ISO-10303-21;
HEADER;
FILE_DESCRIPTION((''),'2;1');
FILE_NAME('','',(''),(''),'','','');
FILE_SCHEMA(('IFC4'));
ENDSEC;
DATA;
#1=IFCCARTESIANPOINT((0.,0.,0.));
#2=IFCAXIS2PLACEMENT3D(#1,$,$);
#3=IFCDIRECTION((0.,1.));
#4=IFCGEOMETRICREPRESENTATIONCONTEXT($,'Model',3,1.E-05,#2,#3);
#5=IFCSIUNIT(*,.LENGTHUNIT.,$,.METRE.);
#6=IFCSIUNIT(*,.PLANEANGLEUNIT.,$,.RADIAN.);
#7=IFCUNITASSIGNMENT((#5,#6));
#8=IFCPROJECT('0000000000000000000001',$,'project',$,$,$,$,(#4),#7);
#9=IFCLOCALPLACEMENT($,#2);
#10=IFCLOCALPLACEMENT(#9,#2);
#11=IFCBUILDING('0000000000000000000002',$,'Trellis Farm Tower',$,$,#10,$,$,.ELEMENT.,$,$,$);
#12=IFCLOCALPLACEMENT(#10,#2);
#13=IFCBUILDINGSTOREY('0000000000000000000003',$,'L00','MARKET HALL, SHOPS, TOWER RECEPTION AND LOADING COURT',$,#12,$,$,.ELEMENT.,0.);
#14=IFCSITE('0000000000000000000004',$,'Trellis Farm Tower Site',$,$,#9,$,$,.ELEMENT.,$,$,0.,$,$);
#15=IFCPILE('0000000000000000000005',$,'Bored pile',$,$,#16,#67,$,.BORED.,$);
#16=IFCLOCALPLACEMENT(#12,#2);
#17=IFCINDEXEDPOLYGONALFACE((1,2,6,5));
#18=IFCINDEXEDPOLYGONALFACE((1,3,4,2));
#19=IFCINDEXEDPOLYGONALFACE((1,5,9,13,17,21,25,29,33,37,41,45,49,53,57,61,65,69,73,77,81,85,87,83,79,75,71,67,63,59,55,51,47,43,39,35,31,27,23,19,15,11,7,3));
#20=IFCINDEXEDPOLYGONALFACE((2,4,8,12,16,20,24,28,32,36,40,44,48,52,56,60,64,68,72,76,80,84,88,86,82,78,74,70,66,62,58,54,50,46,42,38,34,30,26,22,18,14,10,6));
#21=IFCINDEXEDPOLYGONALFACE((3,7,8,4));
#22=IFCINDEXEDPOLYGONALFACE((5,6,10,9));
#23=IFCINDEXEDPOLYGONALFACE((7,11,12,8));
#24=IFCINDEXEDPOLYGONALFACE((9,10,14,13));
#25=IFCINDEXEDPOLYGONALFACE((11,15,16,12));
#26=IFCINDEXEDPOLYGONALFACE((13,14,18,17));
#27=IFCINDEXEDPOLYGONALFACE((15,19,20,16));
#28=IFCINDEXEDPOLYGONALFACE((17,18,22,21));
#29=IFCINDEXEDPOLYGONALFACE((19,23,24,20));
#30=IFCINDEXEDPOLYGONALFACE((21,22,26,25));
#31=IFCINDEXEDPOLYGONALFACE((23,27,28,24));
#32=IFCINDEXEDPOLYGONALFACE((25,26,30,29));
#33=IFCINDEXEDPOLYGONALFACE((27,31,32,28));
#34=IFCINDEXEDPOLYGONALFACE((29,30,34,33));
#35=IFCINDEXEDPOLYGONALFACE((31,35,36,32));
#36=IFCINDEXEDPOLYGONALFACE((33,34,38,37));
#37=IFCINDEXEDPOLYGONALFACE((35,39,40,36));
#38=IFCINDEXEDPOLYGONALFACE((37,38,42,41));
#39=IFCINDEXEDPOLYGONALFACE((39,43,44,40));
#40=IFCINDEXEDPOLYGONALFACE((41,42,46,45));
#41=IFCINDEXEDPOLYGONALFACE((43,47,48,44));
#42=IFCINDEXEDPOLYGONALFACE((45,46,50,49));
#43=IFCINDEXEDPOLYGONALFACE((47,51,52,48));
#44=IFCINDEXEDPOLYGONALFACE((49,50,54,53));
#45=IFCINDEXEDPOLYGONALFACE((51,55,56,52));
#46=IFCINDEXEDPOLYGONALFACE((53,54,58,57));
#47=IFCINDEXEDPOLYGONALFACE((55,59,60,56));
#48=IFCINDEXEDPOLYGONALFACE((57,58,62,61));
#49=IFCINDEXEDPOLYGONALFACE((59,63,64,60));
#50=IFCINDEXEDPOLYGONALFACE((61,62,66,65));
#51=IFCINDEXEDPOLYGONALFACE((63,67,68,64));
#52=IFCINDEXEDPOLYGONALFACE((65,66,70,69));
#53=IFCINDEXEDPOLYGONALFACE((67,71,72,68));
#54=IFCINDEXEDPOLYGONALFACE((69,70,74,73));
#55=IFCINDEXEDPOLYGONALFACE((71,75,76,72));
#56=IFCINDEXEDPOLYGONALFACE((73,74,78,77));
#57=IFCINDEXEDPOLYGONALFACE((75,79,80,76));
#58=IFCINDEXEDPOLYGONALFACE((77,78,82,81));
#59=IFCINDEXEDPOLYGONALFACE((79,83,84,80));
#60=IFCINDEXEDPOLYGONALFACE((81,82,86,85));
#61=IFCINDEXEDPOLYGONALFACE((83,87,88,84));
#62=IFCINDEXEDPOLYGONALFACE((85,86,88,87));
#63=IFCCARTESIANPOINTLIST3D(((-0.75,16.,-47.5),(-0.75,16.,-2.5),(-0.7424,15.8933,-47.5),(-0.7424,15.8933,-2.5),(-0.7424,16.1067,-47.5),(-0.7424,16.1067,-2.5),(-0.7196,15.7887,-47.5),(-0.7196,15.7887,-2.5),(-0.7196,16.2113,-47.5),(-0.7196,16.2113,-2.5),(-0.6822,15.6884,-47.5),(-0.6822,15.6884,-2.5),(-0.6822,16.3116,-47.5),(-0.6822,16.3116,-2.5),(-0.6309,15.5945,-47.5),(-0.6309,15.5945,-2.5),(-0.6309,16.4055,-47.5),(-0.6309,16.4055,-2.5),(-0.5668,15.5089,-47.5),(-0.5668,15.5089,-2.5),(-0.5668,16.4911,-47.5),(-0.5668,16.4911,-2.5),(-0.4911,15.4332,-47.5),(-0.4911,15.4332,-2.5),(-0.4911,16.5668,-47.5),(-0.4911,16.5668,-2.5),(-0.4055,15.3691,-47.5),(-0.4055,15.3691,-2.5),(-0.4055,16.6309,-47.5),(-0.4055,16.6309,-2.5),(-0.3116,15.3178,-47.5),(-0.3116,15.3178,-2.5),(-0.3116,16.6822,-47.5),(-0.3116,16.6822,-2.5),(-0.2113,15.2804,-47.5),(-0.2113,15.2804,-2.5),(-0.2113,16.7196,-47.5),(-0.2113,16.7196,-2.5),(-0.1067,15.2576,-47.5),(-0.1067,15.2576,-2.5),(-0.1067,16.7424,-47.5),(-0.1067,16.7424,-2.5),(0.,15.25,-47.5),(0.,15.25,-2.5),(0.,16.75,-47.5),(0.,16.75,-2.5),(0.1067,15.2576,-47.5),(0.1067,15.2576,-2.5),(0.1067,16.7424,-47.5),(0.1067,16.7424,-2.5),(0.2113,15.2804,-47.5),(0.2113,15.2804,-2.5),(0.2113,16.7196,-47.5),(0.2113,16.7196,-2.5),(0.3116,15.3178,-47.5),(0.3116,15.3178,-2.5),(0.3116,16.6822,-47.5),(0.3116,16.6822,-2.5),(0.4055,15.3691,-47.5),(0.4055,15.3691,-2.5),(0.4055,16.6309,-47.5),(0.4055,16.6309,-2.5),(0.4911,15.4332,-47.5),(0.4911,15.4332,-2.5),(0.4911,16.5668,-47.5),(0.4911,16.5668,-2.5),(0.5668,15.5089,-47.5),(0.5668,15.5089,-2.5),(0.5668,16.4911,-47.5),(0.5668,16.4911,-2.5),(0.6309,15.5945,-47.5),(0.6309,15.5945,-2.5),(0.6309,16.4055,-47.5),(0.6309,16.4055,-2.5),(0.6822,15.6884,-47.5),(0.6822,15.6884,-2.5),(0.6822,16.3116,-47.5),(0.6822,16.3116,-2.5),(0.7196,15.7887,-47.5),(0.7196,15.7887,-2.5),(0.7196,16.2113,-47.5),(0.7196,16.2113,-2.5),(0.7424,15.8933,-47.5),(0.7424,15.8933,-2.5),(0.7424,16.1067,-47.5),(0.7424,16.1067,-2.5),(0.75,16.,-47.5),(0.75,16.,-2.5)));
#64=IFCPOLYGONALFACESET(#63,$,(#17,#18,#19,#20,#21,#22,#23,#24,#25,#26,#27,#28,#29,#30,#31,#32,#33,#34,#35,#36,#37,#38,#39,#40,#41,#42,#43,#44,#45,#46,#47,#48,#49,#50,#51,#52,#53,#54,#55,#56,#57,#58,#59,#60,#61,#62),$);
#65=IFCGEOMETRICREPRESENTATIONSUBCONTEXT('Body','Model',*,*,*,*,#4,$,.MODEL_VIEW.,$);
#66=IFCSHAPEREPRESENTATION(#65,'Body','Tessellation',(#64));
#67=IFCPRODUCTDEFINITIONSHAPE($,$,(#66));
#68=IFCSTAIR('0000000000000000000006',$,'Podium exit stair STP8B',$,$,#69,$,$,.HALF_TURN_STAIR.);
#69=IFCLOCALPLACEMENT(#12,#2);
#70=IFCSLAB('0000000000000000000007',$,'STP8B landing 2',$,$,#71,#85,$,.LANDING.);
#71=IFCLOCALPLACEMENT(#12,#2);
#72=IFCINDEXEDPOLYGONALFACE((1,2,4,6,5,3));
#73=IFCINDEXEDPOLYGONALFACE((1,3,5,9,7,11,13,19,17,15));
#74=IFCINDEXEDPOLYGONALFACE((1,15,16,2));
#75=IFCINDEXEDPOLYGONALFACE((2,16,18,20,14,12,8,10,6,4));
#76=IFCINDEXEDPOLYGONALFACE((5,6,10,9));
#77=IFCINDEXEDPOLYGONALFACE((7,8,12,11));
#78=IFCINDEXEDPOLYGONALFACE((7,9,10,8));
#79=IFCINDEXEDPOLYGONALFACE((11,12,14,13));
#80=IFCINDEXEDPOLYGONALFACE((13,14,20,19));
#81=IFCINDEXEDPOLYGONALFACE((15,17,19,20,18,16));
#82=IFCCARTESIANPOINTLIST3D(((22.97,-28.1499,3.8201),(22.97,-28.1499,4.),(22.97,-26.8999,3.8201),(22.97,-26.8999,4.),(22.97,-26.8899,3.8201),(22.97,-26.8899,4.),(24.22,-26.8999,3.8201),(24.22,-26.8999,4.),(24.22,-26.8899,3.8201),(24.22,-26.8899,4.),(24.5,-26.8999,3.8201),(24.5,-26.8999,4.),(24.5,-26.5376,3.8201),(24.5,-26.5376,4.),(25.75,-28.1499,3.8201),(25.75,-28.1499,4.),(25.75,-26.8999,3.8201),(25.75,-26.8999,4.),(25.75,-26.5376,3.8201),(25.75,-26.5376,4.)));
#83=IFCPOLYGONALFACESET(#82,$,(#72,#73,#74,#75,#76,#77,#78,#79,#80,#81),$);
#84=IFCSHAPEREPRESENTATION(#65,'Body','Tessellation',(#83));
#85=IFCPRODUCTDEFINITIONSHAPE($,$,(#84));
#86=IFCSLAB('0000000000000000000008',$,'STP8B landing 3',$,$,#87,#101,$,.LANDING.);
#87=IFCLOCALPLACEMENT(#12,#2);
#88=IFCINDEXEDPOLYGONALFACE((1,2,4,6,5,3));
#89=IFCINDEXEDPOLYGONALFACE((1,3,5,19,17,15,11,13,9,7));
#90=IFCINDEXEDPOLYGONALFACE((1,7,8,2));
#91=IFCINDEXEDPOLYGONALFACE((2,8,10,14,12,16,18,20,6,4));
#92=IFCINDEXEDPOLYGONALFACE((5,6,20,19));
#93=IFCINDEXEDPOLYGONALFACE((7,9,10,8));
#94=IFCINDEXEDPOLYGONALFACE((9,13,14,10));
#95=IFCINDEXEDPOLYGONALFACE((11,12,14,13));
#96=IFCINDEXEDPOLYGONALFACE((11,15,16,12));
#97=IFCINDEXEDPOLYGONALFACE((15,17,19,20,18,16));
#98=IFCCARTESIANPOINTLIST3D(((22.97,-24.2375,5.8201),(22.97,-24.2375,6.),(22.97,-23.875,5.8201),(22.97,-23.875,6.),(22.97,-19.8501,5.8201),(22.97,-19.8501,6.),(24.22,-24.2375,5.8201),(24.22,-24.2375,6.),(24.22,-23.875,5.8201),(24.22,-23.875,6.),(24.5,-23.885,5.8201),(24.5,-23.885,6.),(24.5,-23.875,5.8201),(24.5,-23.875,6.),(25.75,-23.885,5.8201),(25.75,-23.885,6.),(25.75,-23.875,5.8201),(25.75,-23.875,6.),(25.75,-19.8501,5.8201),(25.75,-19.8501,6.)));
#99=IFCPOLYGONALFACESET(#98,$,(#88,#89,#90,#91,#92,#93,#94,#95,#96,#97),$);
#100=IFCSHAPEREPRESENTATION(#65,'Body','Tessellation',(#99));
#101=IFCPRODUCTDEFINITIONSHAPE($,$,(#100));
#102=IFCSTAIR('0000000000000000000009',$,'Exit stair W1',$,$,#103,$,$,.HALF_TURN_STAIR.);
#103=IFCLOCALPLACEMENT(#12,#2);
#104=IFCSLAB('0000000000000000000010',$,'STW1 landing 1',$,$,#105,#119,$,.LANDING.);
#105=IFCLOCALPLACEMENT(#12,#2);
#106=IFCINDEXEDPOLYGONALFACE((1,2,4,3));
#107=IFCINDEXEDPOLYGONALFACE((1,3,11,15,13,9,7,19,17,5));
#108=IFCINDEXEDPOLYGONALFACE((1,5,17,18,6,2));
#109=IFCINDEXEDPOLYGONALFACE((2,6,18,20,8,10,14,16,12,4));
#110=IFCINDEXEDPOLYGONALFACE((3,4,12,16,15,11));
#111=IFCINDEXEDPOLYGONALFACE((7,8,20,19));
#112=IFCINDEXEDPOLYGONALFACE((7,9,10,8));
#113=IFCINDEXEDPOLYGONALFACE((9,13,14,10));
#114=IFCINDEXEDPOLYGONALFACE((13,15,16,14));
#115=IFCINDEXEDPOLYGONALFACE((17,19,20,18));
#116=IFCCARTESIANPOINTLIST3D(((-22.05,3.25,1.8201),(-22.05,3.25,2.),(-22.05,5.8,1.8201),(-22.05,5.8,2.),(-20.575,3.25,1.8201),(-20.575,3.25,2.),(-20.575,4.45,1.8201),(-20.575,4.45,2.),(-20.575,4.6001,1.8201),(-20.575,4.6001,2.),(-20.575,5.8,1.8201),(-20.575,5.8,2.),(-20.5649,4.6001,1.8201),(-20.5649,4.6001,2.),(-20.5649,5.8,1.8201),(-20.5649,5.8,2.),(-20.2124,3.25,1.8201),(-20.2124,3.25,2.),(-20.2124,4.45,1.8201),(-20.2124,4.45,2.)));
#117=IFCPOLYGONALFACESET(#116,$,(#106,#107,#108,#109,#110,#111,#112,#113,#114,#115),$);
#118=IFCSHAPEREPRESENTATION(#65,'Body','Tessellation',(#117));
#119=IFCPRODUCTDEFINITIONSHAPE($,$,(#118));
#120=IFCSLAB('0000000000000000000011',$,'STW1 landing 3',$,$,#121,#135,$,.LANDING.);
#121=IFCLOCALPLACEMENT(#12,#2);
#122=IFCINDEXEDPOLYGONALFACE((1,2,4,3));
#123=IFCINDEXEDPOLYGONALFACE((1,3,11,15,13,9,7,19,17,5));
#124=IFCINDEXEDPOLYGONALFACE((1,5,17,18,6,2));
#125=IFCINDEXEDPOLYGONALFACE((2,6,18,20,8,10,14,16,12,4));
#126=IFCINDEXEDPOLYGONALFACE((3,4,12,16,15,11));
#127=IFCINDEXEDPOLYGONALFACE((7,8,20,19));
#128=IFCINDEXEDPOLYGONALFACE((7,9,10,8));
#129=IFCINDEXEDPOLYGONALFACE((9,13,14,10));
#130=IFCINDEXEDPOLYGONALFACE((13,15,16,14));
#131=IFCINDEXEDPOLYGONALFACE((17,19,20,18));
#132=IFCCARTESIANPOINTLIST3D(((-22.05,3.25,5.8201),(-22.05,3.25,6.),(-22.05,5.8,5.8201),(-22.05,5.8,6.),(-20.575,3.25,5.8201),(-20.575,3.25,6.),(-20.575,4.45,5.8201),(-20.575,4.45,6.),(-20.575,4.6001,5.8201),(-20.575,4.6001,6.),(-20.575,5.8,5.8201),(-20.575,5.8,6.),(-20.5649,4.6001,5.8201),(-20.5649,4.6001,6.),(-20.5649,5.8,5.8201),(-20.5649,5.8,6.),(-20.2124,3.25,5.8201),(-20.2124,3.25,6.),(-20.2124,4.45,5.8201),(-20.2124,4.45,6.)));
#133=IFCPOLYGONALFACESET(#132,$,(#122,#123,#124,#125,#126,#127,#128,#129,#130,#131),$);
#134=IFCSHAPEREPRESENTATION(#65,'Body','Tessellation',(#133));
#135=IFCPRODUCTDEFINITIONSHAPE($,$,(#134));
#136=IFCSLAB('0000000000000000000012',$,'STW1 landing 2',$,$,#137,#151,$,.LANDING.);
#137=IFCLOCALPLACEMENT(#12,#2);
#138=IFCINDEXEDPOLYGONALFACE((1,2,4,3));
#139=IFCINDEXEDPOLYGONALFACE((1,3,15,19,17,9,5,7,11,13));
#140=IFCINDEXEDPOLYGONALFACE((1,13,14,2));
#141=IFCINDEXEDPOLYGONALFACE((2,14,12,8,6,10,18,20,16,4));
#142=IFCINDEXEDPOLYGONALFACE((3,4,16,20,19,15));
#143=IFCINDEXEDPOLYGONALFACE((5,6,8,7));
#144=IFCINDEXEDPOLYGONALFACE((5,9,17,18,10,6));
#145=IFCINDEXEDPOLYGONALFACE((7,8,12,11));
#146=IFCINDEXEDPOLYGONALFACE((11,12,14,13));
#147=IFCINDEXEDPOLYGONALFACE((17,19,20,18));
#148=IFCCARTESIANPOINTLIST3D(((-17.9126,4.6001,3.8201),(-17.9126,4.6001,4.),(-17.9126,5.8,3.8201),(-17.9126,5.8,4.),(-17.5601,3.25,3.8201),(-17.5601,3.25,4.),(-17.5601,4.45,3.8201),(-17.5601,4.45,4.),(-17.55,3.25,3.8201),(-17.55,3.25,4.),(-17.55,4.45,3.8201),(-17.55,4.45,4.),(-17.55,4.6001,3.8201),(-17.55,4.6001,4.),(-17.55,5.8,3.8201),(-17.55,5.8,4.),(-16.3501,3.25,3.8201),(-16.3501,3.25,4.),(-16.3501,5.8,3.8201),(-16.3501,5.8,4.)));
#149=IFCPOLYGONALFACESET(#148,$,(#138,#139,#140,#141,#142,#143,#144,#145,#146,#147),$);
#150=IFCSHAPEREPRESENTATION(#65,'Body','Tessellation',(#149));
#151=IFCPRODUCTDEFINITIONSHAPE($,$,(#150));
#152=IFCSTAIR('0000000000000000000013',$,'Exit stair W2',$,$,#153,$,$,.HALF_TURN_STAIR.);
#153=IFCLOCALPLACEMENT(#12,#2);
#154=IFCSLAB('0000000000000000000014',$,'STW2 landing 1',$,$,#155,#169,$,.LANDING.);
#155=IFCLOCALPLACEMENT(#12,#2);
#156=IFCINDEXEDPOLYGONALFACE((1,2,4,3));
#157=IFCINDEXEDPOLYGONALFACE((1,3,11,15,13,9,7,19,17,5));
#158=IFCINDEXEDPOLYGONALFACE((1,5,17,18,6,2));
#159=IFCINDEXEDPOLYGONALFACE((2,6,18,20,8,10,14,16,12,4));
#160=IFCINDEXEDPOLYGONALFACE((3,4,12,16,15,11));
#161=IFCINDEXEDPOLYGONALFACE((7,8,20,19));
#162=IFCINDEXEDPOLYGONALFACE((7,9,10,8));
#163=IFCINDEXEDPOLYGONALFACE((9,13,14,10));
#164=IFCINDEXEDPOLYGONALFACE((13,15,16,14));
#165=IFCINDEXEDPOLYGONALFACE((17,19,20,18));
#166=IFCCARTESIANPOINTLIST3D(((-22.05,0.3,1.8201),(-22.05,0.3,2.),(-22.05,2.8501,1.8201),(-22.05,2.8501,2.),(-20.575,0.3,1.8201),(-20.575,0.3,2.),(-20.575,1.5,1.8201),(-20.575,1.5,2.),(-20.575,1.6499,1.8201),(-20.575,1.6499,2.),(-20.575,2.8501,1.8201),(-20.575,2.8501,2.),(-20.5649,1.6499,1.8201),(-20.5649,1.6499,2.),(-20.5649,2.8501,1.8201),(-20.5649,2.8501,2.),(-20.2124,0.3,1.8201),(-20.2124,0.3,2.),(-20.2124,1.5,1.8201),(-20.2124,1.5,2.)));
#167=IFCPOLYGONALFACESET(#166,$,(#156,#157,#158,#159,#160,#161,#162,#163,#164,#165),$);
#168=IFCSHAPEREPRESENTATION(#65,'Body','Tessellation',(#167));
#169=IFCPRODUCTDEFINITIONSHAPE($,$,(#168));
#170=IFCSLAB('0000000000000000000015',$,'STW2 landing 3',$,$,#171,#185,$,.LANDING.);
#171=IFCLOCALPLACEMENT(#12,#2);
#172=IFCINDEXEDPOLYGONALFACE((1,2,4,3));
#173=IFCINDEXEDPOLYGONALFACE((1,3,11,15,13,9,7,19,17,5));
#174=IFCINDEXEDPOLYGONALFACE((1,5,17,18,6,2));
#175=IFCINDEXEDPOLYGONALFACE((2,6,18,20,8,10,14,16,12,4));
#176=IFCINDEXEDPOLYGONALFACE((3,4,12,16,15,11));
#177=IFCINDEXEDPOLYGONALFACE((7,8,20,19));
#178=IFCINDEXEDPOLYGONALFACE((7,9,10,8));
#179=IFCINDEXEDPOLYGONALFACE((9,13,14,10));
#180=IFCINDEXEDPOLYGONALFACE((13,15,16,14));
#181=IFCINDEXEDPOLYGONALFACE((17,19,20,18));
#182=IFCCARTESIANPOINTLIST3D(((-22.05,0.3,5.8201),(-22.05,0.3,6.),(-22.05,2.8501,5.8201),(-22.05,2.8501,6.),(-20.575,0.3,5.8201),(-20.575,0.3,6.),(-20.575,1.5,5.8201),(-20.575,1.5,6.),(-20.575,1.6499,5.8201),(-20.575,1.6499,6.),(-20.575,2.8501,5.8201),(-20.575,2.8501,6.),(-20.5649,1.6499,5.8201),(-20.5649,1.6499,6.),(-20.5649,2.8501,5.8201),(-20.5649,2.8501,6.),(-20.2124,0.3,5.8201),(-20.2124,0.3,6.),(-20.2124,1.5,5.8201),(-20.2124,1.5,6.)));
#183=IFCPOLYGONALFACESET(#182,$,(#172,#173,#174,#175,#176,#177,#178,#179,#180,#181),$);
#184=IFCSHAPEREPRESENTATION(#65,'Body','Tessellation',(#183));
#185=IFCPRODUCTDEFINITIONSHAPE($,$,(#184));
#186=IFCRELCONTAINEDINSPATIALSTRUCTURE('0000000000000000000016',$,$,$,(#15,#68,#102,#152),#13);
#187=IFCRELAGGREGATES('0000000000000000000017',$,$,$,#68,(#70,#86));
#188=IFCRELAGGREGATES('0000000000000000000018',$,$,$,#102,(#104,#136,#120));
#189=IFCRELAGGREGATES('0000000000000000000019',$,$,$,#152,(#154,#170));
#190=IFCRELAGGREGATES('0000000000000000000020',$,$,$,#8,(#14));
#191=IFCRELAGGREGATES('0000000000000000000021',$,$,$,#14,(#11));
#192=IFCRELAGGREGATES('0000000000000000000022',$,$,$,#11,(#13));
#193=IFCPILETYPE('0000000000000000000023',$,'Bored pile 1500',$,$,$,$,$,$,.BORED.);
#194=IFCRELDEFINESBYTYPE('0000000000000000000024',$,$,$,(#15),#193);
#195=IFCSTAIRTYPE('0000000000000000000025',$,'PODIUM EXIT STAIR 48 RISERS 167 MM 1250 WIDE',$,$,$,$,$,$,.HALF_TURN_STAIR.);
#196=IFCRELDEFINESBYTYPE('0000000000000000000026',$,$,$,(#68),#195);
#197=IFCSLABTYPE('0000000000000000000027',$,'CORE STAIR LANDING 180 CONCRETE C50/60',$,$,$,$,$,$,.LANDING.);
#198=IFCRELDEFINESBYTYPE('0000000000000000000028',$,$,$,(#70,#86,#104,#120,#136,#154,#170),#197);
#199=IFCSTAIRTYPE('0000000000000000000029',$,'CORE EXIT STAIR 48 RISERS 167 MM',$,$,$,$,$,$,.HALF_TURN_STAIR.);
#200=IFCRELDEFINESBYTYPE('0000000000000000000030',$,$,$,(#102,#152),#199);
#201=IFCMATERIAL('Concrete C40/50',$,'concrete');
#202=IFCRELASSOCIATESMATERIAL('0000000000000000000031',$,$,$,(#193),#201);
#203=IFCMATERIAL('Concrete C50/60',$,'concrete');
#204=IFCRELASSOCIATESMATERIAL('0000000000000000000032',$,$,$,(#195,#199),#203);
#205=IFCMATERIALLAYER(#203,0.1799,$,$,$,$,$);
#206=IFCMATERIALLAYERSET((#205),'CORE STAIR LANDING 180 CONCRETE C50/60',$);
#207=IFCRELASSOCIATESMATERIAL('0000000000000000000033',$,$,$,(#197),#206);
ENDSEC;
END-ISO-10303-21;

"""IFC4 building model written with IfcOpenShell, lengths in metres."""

from ifc_helpers import new_model, si_unit, direction, frame, origin, origin_2d, place, context, subcontext, project, spatial, polyline, circle, outline, extrude, source, transform, mapped, material, layer, layer_set, material_profile, profile_set, type_object, element, aggregate, save


model = new_model("IFC4")

# Units and contexts
model_context = context("Model", 3, precision=1e-05, world=origin(), true_north=direction((0.0, 1.0)))
body_context = subcontext(model_context, "Body", "Model", "MODEL_VIEW")
ifc_project = project(units=[si_unit("LENGTHUNIT", "METRE"), si_unit("PLANEANGLEUNIT", "RADIAN")], contexts=[model_context])

# Site, building, storey
site_placement = place(None, origin())
site = spatial("IfcSite", under=ifc_project, at=site_placement, Name="Trellis Farm Tower Site", CompositionType="ELEMENT", RefElevation=0.0)
building_placement = place(site_placement, origin())
building = spatial("IfcBuilding", under=site, at=building_placement, Name="Trellis Farm Tower", CompositionType="ELEMENT")
storey_placement = place(building_placement, origin())
storey = spatial("IfcBuildingStorey", under=building, at=storey_placement, Name="L00", Description="MARKET HALL, SHOPS, TOWER RECEPTION AND LOADING COURT", CompositionType="ELEMENT", Elevation=0.0)

# Pile
ifc_material_1 = material(Name="Concrete C40/50", Category="concrete")
ifc_material_profile = material_profile(ifc_material_1, circle(Radius=0.75, at=origin_2d()), Name="Bored pile 1500")
ifc_profile_set = profile_set([ifc_material_profile], Name="Concrete C40/50")
pile_type = type_object("IfcPileType", Name="Bored pile 1500", PredefinedType="BORED", material=ifc_profile_set)
shared_shape_1 = source(origin(), body_context, "Body", "SweptSolid", [
    extrude(circle(Radius=0.75, at=origin_2d()), origin(), (0.0, 0.0, 1.0), 45.0),
])
for number, where, z_axis, x_axis, name in (
    (1, (0.0, 16.0, -2.5), (0.0, 0.0, -1.0), (1.0, 0.0, 0.0), "Bored pile"),
):
    element("IfcPile", number, at=place(storey_placement, frame(where, z_axis=z_axis, x_axis=x_axis)), inside=storey, type_object=pile_type, Name=name, PredefinedType="BORED", context=body_context, shape_type="MappedRepresentation", body=[
        mapped(shared_shape_1, transform((0.0, 0.0, 0.0))),
    ])

# Stairs, slabs
ifc_material_2 = material(Name="Concrete C50/60", Category="concrete")
stair_type_1 = type_object("IfcStairType", Name="PODIUM EXIT STAIR 48 RISERS 167 MM 1250 WIDE", PredefinedType="HALF_TURN_STAIR", material=ifc_material_2)
placement_1 = place(storey_placement, origin())
stair_1 = element("IfcStair", 2, at=placement_1, inside=storey, type_object=stair_type_1, Name="Podium exit stair STP8B", PredefinedType="HALF_TURN_STAIR")
ifc_layer_1 = layer(ifc_material_2, 0.1799)
ifc_layer_set_1 = layer_set([ifc_layer_1], Name="CORE STAIR LANDING 180 CONCRETE C50/60")
slab_type = type_object("IfcSlabType", Name="CORE STAIR LANDING 180 CONCRETE C50/60", PredefinedType="LANDING", material=ifc_layer_set_1)
placement_2 = place(storey_placement, frame((0.0, 0.0, 3.8201)))
slab_1 = element("IfcSlab", 3, at=placement_2, type_object=slab_type, Name="STP8B landing 2", PredefinedType="LANDING", context=body_context, shape_type="SweptSolid", body=[
    extrude(outline(polyline([(25.75, -28.1499), (22.97, -28.1499), (22.97, -26.8999), (22.97, -26.8899), (24.22, -26.8899), (24.22, -26.8999), (24.5, -26.8999), (24.5, -26.5376), (25.75, -26.5376), (25.75, -26.8999), (25.75, -28.1499)])), origin(), (0.0, 0.0, 1.0), 0.1799),
])
shared_shape_2 = source(origin(), body_context, "Body", "SweptSolid", [
    extrude(outline(polyline([(24.22, -24.2375), (22.97, -24.2375), (22.97, -23.875), (22.97, -19.8501), (25.75, -19.8501), (25.75, -23.875), (25.75, -23.885), (24.5, -23.885), (24.5, -23.875), (24.22, -23.875), (24.22, -24.2375)])), origin(), (0.0, 0.0, 1.0), 0.1799),
])
placement_3 = place(storey_placement, frame((0.0, 0.0, 5.8201)))
slab_2 = element("IfcSlab", 4, at=placement_3, type_object=slab_type, Name="STP8B landing 3", PredefinedType="LANDING", context=body_context, shape_type="MappedRepresentation", body=[
    mapped(shared_shape_2, transform((0.0, 0.0, 0.0))),
])
aggregate(stair_1, [slab_1, slab_2])
stair_type_2 = type_object("IfcStairType", Name="CORE EXIT STAIR 48 RISERS 167 MM", PredefinedType="HALF_TURN_STAIR", material=ifc_material_2)
stair_2 = element("IfcStair", 5, at=placement_1, inside=storey, type_object=stair_type_2, Name="Exit stair W1", PredefinedType="HALF_TURN_STAIR")
shared_shape_3 = source(origin(), body_context, "Body", "SweptSolid", [
    extrude(outline(polyline([(-20.2124, 4.45), (-20.2124, 3.25), (-20.575, 3.25), (-22.05, 3.25), (-22.05, 5.8), (-20.575, 5.8), (-20.5649, 5.8), (-20.5649, 4.6001), (-20.575, 4.6001), (-20.575, 4.45), (-20.2124, 4.45)])), origin(), (0.0, 0.0, 1.0), 0.1799),
])
placement_4 = place(storey_placement, frame((0.0, 0.0, 1.8201)))
slab_3 = element("IfcSlab", 6, at=placement_4, type_object=slab_type, Name="STW1 landing 1", PredefinedType="LANDING", context=body_context, shape_type="MappedRepresentation", body=[
    mapped(shared_shape_3, transform((0.0, 0.0, 0.0))),
])
slab_4 = element("IfcSlab", 7, at=placement_3, type_object=slab_type, Name="STW1 landing 3", PredefinedType="LANDING", context=body_context, shape_type="MappedRepresentation", body=[
    mapped(shared_shape_3, transform((0.0, 0.0, 0.0))),
])
shared_shape_4 = source(origin(), body_context, "Body", "SweptSolid", [
    extrude(outline(polyline([(-17.5601, 3.25), (-17.5601, 4.45), (-17.55, 4.45), (-17.55, 4.6001), (-17.9126, 4.6001), (-17.9126, 5.8), (-17.55, 5.8), (-16.3501, 5.8), (-16.3501, 3.25), (-17.55, 3.25), (-17.5601, 3.25)])), origin(), (0.0, 0.0, 1.0), 0.1799),
])
slab_5 = element("IfcSlab", 8, at=placement_2, type_object=slab_type, Name="STW1 landing 2", PredefinedType="LANDING", context=body_context, shape_type="MappedRepresentation", body=[
    mapped(shared_shape_4, transform((0.0, 0.0, 0.0))),
])
aggregate(stair_2, [slab_3, slab_5, slab_4])
stair_3 = element("IfcStair", 9, at=placement_1, inside=storey, type_object=stair_type_2, Name="Exit stair W2", PredefinedType="HALF_TURN_STAIR")
shared_shape_5 = source(origin(), body_context, "Body", "SweptSolid", [
    extrude(outline(polyline([(-20.2124, 1.5), (-20.2124, 0.3), (-20.575, 0.3), (-22.05, 0.3), (-22.05, 2.8501), (-20.575, 2.8501), (-20.5649, 2.8501), (-20.5649, 1.6499), (-20.575, 1.6499), (-20.575, 1.5), (-20.2124, 1.5)])), origin(), (0.0, 0.0, 1.0), 0.1799),
])
slab_6 = element("IfcSlab", 10, at=placement_4, type_object=slab_type, Name="STW2 landing 1", PredefinedType="LANDING", context=body_context, shape_type="MappedRepresentation", body=[
    mapped(shared_shape_5, transform((0.0, 0.0, 0.0))),
])
slab_7 = element("IfcSlab", 11, at=placement_3, type_object=slab_type, Name="STW2 landing 3", PredefinedType="LANDING", context=body_context, shape_type="MappedRepresentation", body=[
    mapped(shared_shape_5, transform((0.0, 0.0, 0.0))),
])
aggregate(stair_3, [slab_6, slab_7])

save(model, "model.ifc")
